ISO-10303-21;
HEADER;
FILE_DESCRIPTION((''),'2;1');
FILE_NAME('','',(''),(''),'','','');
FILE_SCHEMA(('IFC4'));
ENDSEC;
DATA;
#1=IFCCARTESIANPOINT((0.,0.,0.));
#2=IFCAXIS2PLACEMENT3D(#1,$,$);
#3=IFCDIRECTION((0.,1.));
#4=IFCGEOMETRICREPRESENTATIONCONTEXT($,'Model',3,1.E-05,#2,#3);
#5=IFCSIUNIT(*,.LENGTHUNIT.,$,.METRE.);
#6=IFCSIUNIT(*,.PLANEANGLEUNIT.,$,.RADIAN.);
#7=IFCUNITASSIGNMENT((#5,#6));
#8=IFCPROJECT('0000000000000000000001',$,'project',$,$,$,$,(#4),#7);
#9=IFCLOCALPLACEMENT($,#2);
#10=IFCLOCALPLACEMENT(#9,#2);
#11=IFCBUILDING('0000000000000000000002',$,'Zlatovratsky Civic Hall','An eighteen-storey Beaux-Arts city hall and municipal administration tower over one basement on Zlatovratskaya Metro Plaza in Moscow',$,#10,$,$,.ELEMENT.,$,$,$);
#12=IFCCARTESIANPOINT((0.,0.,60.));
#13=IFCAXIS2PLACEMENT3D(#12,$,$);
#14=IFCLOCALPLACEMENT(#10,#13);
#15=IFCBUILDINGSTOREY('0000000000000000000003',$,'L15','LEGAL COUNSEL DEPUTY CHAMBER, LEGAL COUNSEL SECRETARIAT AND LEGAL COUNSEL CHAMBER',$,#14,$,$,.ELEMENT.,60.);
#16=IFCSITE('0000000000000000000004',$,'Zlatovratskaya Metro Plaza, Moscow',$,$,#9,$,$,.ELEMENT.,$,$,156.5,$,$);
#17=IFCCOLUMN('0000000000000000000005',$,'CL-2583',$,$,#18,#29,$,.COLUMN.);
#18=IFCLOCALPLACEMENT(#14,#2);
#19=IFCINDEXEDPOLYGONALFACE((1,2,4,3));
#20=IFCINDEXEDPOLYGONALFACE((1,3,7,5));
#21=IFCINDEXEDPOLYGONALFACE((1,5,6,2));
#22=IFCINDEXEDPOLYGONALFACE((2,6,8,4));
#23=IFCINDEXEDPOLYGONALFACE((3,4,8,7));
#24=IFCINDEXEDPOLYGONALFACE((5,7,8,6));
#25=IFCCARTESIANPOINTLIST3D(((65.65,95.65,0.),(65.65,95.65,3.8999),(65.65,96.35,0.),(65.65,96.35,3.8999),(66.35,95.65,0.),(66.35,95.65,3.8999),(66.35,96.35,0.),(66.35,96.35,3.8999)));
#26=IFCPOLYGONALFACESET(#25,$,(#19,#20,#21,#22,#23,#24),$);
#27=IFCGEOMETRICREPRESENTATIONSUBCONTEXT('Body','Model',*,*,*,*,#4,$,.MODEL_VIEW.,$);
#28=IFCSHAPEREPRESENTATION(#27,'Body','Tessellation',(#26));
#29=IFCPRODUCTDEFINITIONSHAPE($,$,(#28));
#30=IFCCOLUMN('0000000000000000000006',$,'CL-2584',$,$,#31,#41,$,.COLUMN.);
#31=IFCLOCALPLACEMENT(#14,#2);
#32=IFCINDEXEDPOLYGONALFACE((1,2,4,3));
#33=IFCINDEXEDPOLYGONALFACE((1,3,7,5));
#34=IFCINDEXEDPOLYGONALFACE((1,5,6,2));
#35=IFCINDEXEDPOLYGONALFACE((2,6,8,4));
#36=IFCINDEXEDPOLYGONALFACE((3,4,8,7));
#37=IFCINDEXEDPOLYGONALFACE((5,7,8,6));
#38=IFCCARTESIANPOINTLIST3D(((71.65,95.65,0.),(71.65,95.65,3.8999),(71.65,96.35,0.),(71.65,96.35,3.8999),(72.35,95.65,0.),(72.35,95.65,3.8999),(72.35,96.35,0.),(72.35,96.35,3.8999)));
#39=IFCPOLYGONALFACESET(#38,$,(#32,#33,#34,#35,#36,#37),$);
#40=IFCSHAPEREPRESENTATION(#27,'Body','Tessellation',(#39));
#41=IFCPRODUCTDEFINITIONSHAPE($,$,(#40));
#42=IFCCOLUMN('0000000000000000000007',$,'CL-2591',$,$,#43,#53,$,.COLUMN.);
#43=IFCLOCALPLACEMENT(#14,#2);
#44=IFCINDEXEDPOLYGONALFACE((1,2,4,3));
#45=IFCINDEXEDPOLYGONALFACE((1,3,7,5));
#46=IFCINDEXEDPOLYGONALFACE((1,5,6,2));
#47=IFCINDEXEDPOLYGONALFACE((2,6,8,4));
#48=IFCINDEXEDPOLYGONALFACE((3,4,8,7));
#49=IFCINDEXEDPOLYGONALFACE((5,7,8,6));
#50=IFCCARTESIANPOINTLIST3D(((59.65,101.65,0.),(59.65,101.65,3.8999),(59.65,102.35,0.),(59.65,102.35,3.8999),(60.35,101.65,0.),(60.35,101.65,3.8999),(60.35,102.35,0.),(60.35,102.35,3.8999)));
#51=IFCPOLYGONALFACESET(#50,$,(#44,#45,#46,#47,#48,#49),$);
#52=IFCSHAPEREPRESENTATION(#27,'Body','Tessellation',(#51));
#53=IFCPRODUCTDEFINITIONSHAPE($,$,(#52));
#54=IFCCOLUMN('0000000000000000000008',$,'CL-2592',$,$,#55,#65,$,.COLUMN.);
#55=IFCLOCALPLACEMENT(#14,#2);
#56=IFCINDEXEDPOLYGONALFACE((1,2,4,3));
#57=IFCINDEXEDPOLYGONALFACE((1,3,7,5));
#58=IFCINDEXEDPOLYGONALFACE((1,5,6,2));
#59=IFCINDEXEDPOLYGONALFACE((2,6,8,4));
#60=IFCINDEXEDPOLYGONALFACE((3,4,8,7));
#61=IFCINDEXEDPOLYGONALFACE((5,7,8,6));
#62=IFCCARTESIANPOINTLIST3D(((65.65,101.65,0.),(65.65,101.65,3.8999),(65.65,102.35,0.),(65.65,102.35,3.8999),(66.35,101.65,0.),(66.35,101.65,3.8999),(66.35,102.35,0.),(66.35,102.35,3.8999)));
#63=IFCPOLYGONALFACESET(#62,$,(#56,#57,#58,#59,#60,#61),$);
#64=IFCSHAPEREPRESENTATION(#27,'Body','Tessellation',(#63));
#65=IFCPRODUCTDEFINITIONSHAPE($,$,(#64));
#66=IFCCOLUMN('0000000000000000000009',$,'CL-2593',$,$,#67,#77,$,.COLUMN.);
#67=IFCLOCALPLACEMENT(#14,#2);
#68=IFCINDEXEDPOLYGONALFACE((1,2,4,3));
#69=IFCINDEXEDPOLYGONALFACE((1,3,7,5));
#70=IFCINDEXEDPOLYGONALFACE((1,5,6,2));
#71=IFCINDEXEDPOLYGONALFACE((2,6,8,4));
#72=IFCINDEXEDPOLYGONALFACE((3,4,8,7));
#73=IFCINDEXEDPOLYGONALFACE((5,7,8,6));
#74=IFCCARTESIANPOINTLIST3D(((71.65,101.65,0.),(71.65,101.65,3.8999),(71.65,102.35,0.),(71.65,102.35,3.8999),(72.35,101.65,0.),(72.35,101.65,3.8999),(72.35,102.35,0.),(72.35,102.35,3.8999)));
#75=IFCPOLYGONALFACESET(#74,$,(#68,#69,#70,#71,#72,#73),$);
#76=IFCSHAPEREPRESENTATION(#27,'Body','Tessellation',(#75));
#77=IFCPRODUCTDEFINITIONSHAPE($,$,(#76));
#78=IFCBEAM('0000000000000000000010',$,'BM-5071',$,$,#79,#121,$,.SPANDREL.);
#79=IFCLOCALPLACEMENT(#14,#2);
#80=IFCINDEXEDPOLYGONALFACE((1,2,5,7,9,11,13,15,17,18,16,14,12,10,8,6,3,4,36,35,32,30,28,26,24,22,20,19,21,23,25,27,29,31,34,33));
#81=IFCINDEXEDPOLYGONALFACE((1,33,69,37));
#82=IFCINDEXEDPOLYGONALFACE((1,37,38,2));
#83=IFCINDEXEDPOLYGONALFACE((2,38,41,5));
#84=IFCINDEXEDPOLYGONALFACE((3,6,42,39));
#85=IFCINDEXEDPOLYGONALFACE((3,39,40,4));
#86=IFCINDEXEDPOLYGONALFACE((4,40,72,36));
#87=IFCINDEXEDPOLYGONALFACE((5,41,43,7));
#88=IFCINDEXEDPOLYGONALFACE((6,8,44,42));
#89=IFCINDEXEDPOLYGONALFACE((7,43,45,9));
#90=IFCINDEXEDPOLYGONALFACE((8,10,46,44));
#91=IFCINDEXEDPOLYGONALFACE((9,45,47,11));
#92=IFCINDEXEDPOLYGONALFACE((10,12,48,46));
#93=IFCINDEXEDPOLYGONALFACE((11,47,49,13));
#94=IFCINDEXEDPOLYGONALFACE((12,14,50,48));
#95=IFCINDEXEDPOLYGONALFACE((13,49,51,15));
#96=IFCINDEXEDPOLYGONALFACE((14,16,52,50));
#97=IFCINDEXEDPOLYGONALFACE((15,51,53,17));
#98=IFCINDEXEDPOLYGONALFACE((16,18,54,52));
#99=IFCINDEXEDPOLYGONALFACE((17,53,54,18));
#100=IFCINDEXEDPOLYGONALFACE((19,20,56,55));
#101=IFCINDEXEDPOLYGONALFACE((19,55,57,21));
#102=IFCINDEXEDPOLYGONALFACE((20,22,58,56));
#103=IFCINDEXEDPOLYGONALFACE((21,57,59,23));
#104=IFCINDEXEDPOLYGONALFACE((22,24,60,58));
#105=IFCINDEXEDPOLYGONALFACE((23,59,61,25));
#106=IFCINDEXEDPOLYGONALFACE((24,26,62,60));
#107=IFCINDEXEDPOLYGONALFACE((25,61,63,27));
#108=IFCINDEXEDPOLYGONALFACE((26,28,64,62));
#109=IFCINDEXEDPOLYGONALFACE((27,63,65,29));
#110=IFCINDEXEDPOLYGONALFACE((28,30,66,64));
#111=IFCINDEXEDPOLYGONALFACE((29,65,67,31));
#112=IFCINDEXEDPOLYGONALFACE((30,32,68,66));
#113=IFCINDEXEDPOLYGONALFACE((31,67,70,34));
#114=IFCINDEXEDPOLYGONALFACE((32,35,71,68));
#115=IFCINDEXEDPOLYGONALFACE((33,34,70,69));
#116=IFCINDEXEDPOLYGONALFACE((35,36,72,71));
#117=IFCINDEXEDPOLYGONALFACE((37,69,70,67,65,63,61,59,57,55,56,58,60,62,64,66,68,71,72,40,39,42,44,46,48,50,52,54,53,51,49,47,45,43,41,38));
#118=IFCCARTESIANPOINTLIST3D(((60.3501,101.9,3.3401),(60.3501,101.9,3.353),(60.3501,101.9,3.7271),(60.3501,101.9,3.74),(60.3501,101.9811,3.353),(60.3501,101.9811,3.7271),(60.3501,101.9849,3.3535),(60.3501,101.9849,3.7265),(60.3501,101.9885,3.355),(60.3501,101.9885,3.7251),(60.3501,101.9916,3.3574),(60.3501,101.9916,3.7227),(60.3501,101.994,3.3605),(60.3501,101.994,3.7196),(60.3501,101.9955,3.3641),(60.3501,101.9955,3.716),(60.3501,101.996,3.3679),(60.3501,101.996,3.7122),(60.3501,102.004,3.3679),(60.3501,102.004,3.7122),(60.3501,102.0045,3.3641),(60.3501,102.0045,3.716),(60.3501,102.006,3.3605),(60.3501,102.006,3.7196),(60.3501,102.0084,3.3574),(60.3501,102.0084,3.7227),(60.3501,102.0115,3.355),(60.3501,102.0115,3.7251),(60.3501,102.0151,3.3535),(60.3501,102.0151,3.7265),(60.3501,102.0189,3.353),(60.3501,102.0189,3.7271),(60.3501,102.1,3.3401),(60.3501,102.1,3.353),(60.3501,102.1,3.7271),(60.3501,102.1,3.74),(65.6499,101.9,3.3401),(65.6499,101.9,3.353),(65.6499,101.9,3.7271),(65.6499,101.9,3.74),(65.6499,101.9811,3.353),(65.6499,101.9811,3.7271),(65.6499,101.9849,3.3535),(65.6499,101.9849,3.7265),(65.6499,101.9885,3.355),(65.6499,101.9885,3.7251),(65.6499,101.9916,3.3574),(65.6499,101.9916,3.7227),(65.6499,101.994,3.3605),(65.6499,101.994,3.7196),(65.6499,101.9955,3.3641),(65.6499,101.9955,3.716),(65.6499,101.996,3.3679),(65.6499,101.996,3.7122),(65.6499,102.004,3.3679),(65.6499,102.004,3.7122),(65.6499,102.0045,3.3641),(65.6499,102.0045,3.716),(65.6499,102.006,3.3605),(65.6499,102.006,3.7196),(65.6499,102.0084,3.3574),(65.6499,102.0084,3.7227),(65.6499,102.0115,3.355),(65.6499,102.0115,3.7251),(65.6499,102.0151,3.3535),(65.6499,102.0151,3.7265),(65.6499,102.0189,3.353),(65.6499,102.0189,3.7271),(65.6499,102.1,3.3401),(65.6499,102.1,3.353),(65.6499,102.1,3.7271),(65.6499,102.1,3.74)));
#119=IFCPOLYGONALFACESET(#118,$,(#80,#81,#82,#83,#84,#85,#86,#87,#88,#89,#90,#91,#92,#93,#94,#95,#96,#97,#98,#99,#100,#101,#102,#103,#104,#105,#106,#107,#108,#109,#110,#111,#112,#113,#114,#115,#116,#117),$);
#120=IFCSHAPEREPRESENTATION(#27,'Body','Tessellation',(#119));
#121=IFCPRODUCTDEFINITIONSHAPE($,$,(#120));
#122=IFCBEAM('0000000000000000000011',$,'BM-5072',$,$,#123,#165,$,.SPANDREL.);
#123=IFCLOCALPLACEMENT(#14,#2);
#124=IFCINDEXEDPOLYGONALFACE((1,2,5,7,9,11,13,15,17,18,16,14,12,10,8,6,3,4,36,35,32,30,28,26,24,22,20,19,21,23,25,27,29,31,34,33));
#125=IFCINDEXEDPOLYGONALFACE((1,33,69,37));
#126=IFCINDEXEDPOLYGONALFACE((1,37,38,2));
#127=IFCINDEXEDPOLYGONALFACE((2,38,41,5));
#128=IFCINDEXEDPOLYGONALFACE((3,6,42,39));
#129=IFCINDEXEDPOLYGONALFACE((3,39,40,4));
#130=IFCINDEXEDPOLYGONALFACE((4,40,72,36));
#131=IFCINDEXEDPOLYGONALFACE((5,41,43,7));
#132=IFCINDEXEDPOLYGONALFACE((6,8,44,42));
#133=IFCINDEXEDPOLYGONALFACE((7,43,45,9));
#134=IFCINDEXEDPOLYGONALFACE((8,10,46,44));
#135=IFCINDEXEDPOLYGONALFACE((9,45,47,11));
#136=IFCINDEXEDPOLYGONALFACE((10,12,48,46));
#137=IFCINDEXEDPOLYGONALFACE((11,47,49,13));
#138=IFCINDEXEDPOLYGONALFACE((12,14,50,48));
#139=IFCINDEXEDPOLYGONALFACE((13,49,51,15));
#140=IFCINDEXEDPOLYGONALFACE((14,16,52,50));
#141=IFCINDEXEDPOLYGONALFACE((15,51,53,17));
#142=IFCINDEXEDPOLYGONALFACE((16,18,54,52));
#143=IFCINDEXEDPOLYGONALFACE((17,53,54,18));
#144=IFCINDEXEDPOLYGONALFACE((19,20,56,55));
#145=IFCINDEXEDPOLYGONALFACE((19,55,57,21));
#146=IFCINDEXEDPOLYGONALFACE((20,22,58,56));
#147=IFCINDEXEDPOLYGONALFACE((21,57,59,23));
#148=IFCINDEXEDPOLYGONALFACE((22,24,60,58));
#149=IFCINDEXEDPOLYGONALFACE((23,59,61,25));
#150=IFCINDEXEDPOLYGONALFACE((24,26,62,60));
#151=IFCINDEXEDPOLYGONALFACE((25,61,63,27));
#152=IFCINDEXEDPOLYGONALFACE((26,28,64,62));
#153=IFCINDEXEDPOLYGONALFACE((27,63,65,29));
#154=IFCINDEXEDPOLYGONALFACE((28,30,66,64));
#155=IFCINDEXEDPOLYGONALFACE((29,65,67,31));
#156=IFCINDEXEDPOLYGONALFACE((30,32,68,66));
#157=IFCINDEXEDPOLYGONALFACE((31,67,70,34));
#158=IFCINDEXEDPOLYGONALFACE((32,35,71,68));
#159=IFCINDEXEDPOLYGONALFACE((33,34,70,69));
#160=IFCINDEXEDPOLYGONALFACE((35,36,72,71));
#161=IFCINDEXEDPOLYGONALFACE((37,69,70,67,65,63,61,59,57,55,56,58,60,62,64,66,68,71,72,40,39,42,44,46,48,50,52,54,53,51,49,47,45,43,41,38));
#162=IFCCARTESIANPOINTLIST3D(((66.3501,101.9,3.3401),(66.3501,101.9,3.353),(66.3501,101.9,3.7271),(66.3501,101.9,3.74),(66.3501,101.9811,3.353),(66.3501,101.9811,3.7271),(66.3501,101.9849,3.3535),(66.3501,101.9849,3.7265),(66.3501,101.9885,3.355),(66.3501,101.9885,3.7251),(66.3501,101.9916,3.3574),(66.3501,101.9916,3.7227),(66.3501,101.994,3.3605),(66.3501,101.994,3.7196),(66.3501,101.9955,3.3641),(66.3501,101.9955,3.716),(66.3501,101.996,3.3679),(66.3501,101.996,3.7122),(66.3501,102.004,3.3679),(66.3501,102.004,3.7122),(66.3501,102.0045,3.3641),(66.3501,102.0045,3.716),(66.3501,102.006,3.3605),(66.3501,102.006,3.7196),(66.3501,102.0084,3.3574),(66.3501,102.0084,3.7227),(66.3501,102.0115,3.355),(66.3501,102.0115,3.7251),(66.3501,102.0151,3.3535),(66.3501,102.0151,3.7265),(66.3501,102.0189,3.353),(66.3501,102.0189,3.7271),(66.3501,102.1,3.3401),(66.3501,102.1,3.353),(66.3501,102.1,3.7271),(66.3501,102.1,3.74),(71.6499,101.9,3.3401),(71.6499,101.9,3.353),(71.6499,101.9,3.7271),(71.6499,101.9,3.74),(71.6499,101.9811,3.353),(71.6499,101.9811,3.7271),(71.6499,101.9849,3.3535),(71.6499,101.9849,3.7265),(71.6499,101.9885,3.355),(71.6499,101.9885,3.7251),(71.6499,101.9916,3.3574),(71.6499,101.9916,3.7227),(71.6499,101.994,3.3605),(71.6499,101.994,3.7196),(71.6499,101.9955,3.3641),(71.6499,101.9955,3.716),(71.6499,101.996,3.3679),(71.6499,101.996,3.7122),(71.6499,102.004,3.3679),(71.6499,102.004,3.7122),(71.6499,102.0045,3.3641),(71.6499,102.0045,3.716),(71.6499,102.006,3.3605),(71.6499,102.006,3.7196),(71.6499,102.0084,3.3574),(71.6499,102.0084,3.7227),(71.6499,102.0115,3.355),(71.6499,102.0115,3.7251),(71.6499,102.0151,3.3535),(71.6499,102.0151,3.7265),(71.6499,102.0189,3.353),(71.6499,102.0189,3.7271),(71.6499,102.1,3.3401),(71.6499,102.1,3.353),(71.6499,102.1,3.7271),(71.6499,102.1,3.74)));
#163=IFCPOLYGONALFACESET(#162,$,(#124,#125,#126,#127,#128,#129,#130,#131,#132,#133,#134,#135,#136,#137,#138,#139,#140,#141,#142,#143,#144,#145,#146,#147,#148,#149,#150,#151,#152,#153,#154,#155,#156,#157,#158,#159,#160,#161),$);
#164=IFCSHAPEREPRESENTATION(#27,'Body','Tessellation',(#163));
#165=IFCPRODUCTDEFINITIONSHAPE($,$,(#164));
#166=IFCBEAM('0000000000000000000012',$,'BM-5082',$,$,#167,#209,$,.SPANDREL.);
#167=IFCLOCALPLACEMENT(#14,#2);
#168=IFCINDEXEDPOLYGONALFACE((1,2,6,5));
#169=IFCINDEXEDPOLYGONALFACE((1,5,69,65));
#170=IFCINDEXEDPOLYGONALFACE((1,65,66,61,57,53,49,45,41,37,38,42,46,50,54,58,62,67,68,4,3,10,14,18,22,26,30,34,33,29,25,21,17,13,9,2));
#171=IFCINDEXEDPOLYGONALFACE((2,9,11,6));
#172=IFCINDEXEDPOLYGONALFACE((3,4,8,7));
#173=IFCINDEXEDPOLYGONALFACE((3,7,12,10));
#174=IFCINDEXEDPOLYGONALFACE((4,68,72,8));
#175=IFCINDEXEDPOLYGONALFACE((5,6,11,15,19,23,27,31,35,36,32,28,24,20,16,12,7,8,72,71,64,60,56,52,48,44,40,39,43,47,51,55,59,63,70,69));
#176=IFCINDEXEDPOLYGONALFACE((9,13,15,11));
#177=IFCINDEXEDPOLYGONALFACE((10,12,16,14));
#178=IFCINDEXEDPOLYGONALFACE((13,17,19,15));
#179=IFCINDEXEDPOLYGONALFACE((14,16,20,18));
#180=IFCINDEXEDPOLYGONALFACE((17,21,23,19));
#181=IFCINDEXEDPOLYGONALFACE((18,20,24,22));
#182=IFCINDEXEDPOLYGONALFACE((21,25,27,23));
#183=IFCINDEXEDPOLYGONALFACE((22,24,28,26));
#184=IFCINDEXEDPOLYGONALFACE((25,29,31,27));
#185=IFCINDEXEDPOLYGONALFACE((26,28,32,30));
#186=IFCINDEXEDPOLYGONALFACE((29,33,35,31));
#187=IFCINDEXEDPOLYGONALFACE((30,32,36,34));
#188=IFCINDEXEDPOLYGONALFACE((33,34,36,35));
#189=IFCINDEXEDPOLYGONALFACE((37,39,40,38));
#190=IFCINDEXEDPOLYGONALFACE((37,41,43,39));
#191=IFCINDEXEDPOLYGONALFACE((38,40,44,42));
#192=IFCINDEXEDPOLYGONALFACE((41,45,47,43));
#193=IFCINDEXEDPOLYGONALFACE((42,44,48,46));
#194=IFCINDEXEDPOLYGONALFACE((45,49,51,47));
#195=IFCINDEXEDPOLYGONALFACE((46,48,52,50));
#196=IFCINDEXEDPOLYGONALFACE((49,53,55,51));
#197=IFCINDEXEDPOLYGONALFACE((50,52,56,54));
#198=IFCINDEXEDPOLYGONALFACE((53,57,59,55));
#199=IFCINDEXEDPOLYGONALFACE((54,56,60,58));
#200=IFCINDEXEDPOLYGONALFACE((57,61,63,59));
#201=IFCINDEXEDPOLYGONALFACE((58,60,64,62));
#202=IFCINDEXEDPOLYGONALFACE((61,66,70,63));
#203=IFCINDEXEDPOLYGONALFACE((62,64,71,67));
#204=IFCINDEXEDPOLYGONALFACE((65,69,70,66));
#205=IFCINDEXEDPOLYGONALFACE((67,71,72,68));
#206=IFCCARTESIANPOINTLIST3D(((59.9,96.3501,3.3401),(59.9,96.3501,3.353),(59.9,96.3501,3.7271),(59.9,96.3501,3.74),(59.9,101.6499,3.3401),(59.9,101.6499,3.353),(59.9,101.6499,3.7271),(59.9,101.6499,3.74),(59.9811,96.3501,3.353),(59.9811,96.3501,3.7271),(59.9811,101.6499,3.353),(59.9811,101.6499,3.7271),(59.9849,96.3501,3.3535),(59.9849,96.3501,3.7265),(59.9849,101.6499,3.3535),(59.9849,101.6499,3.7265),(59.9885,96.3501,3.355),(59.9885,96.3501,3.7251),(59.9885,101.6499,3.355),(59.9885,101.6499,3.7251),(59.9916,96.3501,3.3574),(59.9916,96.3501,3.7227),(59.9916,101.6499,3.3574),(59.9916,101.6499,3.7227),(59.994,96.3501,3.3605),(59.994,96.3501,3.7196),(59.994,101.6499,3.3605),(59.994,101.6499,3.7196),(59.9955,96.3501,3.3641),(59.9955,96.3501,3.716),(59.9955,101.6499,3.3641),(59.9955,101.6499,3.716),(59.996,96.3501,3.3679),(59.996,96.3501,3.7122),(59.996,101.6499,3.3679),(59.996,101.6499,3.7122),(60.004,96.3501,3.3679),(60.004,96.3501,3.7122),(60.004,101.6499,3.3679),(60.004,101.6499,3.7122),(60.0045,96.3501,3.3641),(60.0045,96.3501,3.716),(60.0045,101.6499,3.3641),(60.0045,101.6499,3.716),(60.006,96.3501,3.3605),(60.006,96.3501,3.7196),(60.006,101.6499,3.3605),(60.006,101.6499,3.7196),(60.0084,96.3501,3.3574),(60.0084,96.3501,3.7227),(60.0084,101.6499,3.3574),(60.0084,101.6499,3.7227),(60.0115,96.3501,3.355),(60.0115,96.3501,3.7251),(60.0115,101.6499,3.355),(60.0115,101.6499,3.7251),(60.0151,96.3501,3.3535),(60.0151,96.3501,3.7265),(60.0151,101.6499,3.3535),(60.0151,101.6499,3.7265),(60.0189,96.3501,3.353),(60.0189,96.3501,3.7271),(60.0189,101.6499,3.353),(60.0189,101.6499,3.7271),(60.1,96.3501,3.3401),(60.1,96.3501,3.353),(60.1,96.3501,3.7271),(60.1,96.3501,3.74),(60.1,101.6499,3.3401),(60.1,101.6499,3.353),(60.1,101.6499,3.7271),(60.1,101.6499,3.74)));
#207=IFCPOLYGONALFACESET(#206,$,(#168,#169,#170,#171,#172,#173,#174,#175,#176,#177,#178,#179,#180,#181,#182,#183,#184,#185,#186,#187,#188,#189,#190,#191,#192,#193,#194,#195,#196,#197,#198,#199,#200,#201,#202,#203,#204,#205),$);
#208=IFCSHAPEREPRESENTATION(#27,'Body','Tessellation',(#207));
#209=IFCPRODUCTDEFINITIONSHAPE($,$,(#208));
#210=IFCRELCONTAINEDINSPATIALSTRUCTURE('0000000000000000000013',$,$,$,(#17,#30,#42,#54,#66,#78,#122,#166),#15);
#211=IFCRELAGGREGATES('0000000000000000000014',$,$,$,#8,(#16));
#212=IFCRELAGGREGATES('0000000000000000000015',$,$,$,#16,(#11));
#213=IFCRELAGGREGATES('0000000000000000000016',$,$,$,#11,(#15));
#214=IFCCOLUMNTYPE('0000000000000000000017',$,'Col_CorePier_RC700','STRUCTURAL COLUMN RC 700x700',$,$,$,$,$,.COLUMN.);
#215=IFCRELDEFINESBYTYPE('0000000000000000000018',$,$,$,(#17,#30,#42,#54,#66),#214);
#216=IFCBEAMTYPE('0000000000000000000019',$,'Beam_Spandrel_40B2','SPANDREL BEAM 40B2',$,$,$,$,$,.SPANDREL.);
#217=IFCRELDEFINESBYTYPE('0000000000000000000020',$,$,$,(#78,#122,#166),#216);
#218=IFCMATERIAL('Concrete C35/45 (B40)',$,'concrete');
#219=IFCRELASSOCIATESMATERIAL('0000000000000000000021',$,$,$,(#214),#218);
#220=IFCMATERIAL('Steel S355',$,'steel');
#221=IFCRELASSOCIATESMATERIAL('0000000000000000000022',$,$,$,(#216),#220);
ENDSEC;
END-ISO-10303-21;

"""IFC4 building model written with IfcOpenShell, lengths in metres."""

from ifc_helpers import new_model, si_unit, direction, frame, origin, origin_2d, place, context, subcontext, project, spatial, rectangle, i_section, extrude, material, material_profile, profile_set, type_object, element, save


model = new_model("IFC4")

# Units and contexts
model_context = context("Model", 3, precision=1e-05, world=origin(), true_north=direction((0.0, 1.0)))
body_context = subcontext(model_context, "Body", "Model", "MODEL_VIEW")
ifc_project = project(units=[si_unit("LENGTHUNIT", "METRE"), si_unit("PLANEANGLEUNIT", "RADIAN")], contexts=[model_context])

# Site, building, storey
site_placement = place(None, origin())
site = spatial("IfcSite", under=ifc_project, at=site_placement, Name="Zlatovratskaya Metro Plaza, Moscow", CompositionType="ELEMENT", RefElevation=156.5)
building_placement = place(site_placement, origin())
building = spatial("IfcBuilding", under=site, at=building_placement, Name="Zlatovratsky Civic Hall", Description="An eighteen-storey Beaux-Arts city hall and municipal administration tower over one basement on Zlatovratskaya Metro Plaza in Moscow", CompositionType="ELEMENT")
storey_placement = place(building_placement, frame((0.0, 0.0, 60.0)))
storey = spatial("IfcBuildingStorey", under=building, at=storey_placement, Name="L15", Description="LEGAL COUNSEL DEPUTY CHAMBER, LEGAL COUNSEL SECRETARIAT AND LEGAL COUNSEL CHAMBER", CompositionType="ELEMENT", Elevation=60.0)

# Columns
ifc_material_1 = material(Name="Concrete C35/45 (B40)", Category="concrete")
ifc_material_profile_1 = material_profile(ifc_material_1, rectangle(XDim=0.7, YDim=0.7, at=origin_2d()), Name="RC 700x700")
ifc_profile_set_1 = profile_set([ifc_material_profile_1], Name="Concrete C35/45 (B40)")
column_type = type_object("IfcColumnType", Name="Col_CorePier_RC700", Description="STRUCTURAL COLUMN RC 700x700", PredefinedType="COLUMN", material=ifc_profile_set_1)
for number, where, z_axis, x_axis, name in (
    (1, (66.0, 96.0, 0.0), (0.0, 0.0, 1.0), (1.0, 0.0, 0.0), "CL-2583"),
    (2, (72.0, 96.0, 0.0), (0.0, 0.0, 1.0), (1.0, 0.0, 0.0), "CL-2584"),
    (3, (60.0, 102.0, 0.0), (0.0, 0.0, 1.0), (1.0, 0.0, 0.0), "CL-2591"),
    (4, (66.0, 102.0, 0.0), (0.0, 0.0, 1.0), (1.0, 0.0, 0.0), "CL-2592"),
    (5, (72.0, 102.0, 0.0), (0.0, 0.0, 1.0), (1.0, 0.0, 0.0), "CL-2593"),
):
    element("IfcColumn", number, at=place(storey_placement, frame(where, z_axis=z_axis, x_axis=x_axis)), inside=storey, type_object=column_type, Name=name, PredefinedType="COLUMN", context=body_context, shape_type="SweptSolid", body=[
        extrude(rectangle(XDim=0.7, YDim=0.7, at=origin_2d()), origin(), (0.0, 0.0, 1.0), 3.8999),
    ])

# Beams
ifc_material_2 = material(Name="Steel S355", Category="steel")
ifc_material_profile_2 = material_profile(ifc_material_2, i_section(OverallWidth=0.2, OverallDepth=0.3999, WebThickness=0.0081, FlangeThickness=0.0129, FilletRadius=0.0149, at=origin_2d()), Name="40B2")
ifc_profile_set_2 = profile_set([ifc_material_profile_2], Name="Steel S355")
beam_type_1 = type_object("IfcBeamType", Name="Beam_Spandrel_40B2", Description="SPANDREL BEAM 40B2", PredefinedType="SPANDREL", material=ifc_profile_set_2)
for number, where, z_axis, x_axis, name in (
    (6, (60.3501, 102.0, 3.54), (1.0, 0.0, 0.0), (0.0, 1.0, 0.0), "BM-5071"),
    (7, (66.3501, 102.0, 3.54), (1.0, 0.0, 0.0), (0.0, 1.0, 0.0), "BM-5072"),
    (8, (60.0, 96.3501, 3.54), (0.0, 1.0, 0.0), (-1.0, 0.0, 0.0), "BM-5082"),
):
    element("IfcBeam", number, at=place(storey_placement, frame(where, z_axis=z_axis, x_axis=x_axis)), inside=storey, type_object=beam_type_1, Name=name, PredefinedType="SPANDREL", context=body_context, shape_type="SweptSolid", body=[
        extrude(i_section(OverallWidth=0.2, OverallDepth=0.3999, WebThickness=0.0081, FlangeThickness=0.0129, FilletRadius=0.0149, at=origin_2d()), origin(), (0.0, 0.0, 1.0), 5.2998),
    ])

save(model, "model.ifc")
